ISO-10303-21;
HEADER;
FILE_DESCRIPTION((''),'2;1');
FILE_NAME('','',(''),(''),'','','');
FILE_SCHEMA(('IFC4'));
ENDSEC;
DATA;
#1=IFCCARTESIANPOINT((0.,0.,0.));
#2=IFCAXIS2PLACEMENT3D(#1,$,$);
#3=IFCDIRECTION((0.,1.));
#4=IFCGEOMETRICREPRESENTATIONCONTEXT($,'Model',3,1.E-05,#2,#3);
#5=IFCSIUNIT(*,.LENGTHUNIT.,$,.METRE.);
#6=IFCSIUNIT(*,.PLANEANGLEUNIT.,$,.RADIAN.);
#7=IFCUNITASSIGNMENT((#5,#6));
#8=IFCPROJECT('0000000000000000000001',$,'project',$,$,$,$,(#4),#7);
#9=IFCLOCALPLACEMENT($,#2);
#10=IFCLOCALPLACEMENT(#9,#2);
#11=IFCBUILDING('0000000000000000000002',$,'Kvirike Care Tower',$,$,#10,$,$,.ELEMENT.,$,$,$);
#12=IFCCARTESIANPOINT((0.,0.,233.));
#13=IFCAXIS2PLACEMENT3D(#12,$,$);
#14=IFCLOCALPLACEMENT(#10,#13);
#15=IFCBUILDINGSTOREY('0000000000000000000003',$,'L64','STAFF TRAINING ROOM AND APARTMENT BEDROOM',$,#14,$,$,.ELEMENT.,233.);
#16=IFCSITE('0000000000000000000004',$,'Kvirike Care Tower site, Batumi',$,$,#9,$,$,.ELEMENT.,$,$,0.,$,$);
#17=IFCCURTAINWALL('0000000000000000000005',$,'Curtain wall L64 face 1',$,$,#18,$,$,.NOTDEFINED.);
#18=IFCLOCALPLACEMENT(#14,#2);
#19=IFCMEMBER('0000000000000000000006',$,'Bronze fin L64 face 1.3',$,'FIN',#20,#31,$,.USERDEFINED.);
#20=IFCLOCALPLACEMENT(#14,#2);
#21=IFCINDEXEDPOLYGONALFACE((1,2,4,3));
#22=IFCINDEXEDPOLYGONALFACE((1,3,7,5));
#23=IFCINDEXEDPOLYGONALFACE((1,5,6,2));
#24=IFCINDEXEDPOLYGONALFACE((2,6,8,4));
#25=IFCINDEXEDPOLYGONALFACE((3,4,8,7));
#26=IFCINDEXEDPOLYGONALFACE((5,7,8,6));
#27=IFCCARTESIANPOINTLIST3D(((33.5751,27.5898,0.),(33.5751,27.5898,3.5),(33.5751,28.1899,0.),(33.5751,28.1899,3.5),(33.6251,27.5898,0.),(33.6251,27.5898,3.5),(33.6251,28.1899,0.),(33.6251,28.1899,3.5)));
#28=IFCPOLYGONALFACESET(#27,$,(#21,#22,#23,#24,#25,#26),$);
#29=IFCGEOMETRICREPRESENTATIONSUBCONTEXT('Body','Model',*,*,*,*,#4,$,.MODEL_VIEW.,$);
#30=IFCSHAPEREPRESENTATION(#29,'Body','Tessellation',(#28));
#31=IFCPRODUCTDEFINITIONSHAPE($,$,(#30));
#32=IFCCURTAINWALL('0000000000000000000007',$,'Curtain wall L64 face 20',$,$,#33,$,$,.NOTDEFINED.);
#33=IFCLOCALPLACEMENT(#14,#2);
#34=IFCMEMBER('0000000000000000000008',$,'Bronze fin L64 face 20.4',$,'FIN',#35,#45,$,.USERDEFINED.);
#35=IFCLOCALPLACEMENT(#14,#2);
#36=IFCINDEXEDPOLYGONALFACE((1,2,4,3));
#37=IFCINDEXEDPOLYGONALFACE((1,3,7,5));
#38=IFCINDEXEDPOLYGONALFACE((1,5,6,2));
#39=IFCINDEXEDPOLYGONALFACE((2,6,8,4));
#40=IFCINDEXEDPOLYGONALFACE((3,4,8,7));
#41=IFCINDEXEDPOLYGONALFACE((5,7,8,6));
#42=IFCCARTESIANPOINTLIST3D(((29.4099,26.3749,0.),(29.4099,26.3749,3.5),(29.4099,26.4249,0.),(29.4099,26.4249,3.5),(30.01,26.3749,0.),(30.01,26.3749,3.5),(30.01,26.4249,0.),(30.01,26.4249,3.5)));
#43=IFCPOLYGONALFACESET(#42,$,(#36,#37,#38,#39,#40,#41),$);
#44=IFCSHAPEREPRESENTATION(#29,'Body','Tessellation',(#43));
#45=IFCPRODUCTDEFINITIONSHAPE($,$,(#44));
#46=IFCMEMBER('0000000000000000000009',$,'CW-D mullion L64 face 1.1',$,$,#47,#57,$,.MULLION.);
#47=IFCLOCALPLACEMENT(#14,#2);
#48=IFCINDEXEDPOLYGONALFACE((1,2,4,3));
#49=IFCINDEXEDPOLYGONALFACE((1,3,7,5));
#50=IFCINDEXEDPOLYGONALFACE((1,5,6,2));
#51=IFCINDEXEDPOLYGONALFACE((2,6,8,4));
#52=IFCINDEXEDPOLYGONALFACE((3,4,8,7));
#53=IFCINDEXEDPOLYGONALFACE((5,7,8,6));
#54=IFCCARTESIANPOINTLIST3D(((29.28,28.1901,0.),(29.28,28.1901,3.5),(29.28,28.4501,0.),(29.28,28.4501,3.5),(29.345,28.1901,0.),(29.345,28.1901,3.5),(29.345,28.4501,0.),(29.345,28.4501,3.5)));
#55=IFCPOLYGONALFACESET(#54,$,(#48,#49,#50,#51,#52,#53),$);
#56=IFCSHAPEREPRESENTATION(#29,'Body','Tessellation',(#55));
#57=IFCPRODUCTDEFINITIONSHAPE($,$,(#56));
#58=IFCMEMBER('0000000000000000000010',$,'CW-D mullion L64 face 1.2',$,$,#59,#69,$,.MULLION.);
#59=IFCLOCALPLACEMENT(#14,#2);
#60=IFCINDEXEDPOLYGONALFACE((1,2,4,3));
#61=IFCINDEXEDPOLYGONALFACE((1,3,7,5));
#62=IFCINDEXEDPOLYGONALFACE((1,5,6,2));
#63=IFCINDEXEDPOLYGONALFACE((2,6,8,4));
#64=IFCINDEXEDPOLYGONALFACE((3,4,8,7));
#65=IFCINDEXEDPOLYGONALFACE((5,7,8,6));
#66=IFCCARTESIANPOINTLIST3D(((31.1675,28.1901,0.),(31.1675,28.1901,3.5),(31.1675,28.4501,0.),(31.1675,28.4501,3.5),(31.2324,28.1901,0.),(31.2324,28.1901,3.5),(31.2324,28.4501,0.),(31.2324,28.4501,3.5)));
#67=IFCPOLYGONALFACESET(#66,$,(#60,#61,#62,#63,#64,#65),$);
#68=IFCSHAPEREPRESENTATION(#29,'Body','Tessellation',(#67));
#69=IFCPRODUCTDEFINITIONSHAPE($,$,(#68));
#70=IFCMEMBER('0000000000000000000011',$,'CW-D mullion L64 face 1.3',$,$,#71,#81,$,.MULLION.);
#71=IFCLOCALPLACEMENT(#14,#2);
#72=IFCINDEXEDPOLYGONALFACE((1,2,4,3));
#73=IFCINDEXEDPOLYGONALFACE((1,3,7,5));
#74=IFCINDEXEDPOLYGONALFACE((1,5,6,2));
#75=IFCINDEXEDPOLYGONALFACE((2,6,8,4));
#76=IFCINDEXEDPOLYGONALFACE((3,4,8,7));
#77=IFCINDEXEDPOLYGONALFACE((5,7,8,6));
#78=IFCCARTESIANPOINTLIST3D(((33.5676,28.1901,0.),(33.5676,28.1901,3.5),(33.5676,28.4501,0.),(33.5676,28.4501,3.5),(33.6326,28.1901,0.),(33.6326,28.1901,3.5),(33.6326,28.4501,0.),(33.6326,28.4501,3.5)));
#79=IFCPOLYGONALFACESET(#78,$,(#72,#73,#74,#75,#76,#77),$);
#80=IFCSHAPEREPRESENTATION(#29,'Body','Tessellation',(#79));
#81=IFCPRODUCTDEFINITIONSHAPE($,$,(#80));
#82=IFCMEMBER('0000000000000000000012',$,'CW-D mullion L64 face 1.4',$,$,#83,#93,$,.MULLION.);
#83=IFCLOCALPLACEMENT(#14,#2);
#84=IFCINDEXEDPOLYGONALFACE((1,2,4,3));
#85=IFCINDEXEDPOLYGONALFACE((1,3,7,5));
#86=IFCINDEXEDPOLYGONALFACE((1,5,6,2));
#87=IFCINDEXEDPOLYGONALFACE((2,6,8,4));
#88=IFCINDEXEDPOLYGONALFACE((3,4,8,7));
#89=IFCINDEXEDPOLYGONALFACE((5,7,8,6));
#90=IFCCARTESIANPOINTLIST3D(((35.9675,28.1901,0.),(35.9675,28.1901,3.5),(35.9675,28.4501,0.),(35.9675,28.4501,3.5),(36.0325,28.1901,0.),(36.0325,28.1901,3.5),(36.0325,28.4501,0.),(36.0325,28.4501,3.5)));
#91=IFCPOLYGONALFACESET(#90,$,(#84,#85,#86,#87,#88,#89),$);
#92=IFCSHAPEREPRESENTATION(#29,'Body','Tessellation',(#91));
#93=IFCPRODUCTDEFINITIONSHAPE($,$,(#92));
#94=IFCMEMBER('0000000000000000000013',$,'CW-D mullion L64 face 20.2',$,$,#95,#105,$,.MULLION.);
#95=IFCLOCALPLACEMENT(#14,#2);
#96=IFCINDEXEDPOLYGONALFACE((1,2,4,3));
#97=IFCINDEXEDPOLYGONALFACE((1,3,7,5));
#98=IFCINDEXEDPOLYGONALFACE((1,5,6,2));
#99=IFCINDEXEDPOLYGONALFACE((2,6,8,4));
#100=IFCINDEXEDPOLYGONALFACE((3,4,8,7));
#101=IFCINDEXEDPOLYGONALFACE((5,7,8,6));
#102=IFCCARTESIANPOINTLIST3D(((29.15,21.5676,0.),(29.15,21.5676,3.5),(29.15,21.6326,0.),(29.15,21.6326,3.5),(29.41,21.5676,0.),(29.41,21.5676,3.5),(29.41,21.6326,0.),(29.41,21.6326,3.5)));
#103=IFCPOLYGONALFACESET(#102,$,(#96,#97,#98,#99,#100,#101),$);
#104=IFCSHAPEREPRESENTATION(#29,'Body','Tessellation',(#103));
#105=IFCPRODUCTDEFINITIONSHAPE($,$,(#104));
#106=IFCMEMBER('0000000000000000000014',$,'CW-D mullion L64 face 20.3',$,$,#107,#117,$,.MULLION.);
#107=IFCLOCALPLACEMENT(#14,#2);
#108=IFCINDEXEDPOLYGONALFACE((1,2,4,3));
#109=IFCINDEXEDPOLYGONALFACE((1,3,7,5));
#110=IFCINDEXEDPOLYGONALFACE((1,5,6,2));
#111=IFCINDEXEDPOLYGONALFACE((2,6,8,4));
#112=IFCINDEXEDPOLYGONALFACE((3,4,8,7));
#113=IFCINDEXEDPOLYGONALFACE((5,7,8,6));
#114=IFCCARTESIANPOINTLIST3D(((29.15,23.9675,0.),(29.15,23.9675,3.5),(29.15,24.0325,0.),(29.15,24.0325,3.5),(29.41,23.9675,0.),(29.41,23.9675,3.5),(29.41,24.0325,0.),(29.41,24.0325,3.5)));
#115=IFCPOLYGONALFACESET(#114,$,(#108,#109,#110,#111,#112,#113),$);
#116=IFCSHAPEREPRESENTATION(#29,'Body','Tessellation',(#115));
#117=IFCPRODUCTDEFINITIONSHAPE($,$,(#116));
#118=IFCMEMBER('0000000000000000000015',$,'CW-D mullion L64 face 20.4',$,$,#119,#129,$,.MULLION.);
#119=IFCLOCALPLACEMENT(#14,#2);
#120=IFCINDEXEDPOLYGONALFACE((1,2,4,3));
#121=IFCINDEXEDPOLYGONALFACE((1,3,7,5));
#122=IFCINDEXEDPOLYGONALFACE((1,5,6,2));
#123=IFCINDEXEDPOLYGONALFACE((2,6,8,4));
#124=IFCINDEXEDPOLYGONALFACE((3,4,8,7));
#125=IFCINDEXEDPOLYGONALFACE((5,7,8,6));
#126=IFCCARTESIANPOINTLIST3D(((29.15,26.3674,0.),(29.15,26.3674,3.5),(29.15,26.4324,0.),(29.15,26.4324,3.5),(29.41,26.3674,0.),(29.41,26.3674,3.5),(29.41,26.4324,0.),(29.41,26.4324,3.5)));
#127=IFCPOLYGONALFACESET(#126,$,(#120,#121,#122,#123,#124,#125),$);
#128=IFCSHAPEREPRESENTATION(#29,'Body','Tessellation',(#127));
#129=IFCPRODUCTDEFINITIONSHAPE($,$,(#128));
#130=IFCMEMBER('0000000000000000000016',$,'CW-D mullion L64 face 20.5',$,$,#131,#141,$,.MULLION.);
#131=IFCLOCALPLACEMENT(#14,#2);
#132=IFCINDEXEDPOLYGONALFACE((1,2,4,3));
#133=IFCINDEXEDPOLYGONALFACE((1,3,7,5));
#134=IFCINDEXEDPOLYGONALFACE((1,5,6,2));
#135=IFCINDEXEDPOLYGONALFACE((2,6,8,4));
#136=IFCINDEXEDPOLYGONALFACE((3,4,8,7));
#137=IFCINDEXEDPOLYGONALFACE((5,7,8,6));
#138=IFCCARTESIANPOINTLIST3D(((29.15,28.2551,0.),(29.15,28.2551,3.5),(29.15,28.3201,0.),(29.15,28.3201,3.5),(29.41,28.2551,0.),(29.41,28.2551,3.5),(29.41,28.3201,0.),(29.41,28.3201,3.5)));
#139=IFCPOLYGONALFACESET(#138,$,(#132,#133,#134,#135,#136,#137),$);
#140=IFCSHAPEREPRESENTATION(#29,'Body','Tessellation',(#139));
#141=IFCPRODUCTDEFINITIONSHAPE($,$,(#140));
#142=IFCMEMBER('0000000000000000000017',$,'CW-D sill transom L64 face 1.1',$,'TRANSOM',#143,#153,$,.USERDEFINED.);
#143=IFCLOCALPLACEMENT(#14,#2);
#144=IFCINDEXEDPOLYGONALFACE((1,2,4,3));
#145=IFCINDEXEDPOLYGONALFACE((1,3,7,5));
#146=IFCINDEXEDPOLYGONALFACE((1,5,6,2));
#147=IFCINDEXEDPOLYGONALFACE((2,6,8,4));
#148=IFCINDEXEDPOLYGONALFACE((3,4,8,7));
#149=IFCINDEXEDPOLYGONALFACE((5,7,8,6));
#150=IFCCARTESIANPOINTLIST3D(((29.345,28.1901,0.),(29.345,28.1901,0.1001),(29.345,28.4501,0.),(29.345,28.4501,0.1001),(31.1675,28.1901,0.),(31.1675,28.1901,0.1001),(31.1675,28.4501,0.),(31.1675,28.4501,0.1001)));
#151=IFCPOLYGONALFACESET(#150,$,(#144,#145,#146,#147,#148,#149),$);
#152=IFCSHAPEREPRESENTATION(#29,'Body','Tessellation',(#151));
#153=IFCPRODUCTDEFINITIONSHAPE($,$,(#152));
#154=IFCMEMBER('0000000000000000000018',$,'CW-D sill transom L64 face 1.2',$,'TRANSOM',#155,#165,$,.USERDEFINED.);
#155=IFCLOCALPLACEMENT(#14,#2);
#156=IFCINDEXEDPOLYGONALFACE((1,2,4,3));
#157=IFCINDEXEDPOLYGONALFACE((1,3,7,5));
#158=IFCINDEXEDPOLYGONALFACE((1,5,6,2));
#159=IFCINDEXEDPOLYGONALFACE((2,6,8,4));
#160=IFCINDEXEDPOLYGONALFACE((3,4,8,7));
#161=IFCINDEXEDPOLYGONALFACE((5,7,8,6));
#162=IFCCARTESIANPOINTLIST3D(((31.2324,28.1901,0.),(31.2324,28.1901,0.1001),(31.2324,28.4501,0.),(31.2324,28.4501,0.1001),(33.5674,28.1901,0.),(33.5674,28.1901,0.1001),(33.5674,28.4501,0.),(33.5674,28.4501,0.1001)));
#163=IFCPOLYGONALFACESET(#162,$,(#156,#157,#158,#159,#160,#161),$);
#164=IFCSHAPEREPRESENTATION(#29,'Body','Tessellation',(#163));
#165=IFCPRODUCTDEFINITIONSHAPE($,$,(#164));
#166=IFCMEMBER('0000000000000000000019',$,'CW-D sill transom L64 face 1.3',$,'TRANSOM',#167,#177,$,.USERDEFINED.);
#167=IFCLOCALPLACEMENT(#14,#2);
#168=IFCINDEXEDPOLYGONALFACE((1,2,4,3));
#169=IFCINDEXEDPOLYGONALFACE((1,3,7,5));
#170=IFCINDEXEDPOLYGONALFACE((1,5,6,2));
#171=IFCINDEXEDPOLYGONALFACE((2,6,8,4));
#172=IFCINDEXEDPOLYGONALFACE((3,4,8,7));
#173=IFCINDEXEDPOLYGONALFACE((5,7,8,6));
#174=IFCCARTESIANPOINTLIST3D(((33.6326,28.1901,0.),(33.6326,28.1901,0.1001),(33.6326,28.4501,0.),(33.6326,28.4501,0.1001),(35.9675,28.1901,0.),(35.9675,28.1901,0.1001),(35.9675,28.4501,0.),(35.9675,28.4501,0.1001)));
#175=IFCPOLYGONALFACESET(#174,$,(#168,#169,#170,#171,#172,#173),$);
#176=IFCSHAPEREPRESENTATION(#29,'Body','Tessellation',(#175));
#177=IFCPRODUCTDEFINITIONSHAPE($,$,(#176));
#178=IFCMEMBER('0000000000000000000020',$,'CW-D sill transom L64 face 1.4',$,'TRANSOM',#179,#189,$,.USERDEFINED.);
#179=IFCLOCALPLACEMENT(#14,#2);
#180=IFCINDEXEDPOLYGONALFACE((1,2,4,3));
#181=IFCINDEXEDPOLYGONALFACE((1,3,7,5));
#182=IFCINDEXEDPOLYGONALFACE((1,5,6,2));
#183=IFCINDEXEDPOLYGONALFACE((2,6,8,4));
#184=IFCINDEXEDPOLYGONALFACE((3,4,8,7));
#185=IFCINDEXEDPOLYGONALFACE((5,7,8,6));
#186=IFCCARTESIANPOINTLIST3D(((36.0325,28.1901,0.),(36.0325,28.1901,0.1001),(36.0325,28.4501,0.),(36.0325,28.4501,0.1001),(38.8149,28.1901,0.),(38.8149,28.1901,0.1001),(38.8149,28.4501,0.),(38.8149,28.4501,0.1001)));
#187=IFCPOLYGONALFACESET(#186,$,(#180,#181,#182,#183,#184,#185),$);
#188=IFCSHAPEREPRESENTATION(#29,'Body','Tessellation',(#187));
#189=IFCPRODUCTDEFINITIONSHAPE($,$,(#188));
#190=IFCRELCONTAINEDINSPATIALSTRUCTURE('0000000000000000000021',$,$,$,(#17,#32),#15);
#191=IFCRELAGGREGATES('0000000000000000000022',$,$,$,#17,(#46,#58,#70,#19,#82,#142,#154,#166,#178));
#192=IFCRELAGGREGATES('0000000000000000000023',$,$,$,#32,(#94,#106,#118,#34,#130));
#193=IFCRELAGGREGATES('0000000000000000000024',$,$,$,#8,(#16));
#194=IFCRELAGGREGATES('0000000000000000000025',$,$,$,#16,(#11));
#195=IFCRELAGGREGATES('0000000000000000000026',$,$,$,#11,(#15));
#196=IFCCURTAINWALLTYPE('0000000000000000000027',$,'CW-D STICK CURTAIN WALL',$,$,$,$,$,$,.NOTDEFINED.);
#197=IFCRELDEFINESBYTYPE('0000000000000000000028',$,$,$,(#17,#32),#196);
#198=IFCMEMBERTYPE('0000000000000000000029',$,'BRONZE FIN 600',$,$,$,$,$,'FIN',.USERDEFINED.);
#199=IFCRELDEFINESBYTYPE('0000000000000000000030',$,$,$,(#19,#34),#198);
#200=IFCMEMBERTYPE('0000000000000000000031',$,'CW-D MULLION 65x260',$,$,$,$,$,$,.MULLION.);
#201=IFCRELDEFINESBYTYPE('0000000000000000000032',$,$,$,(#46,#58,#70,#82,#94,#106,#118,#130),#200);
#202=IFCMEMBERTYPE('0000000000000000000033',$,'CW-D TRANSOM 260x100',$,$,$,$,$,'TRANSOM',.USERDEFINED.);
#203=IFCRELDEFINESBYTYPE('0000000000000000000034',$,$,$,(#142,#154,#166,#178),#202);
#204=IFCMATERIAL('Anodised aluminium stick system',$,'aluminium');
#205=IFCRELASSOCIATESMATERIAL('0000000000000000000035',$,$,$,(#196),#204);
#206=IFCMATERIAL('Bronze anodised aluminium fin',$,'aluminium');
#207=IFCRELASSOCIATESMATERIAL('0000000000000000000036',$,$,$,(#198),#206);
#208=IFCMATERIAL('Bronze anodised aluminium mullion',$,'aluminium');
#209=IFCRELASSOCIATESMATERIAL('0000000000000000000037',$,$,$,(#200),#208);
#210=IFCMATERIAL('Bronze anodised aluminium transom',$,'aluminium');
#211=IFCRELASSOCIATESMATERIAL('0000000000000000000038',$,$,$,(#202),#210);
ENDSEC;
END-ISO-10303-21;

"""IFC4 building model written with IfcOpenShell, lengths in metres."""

from ifc_helpers import new_model, si_unit, direction, frame, origin, origin_2d, place, context, subcontext, project, spatial, rectangle, extrude, material, material_profile, profile_set, type_object, element, aggregate, save


model = new_model("IFC4")

# Units and contexts
model_context = context("Model", 3, precision=1e-05, world=origin(), true_north=direction((0.0, 1.0)))
body_context = subcontext(model_context, "Body", "Model", "MODEL_VIEW")
ifc_project = project(units=[si_unit("LENGTHUNIT", "METRE"), si_unit("PLANEANGLEUNIT", "RADIAN")], contexts=[model_context])

# Site, building, storey
site_placement = place(None, origin())
site = spatial("IfcSite", under=ifc_project, at=site_placement, Name="Kvirike Care Tower site, Batumi", CompositionType="ELEMENT", RefElevation=0.0)
building_placement = place(site_placement, origin())
building = spatial("IfcBuilding", under=site, at=building_placement, Name="Kvirike Care Tower", CompositionType="ELEMENT")
storey_placement = place(building_placement, frame((0.0, 0.0, 233.0)))
storey = spatial("IfcBuildingStorey", under=building, at=storey_placement, Name="L64", Description="STAFF TRAINING ROOM AND APARTMENT BEDROOM", CompositionType="ELEMENT", Elevation=233.0)

# Curtain walls, members
ifc_material_1 = material(Name="Anodised aluminium stick system", Category="aluminium")
curtain_wall_type = type_object("IfcCurtainWallType", Name="CW-D STICK CURTAIN WALL", PredefinedType="NOTDEFINED", material=ifc_material_1)
curtain_wall_1_placement = place(storey_placement, origin())
curtain_wall_1 = element("IfcCurtainWall", 1, at=curtain_wall_1_placement, inside=storey, type_object=curtain_wall_type, Name="Curtain wall L64 face 1", PredefinedType="NOTDEFINED")
ifc_material_2 = material(Name="Bronze anodised aluminium fin", Category="aluminium")
ifc_material_profile_1 = material_profile(ifc_material_2, rectangle(XDim=0.05, YDim=0.6001, at=origin_2d()), Name="BRONZE FIN 600")
ifc_profile_set_1 = profile_set([ifc_material_profile_1], Name="Bronze anodised aluminium fin")
member_type_1 = type_object("IfcMemberType", Name="BRONZE FIN 600", ElementType="FIN", PredefinedType="USERDEFINED", material=ifc_profile_set_1)
member_1_placement = place(storey_placement, frame((33.6001, 27.8899, 0.0), z_axis=(0.0, 0.0, 1.0), x_axis=(1.0, 0.0, 0.0)))
member_1 = element("IfcMember", 2, at=member_1_placement, type_object=member_type_1, Name="Bronze fin L64 face 1.3", ObjectType="FIN", PredefinedType="USERDEFINED", context=body_context, shape_type="SweptSolid", body=[
    extrude(rectangle(XDim=0.05, YDim=0.6001, at=origin_2d()), origin(), (0.0, 0.0, 1.0), 3.5),
])
curtain_wall_2_placement = place(storey_placement, origin())
curtain_wall_2 = element("IfcCurtainWall", 3, at=curtain_wall_2_placement, inside=storey, type_object=curtain_wall_type, Name="Curtain wall L64 face 20", PredefinedType="NOTDEFINED")
member_2_placement = place(storey_placement, frame((29.71, 26.3999, 0.0), z_axis=(0.0, 0.0, 1.0), x_axis=(0.0, 1.0, 0.0)))
member_2 = element("IfcMember", 4, at=member_2_placement, type_object=member_type_1, Name="Bronze fin L64 face 20.4", ObjectType="FIN", PredefinedType="USERDEFINED", context=body_context, shape_type="SweptSolid", body=[
    extrude(rectangle(XDim=0.05, YDim=0.6001, at=origin_2d()), origin(), (0.0, 0.0, 1.0), 3.5),
])

# Members
ifc_material_3 = material(Name="Bronze anodised aluminium mullion", Category="aluminium")
ifc_material_profile_2 = material_profile(ifc_material_3, rectangle(XDim=0.0649, YDim=0.26, at=origin_2d()), Name="CW-D MULLION 65x260")
ifc_profile_set_2 = profile_set([ifc_material_profile_2], Name="Bronze anodised aluminium mullion")
member_type_2 = type_object("IfcMemberType", Name="CW-D MULLION 65x260", PredefinedType="MULLION", material=ifc_profile_set_2)
member_3_placement = place(storey_placement, frame((29.3125, 28.3201, 0.0), z_axis=(0.0, 0.0, 1.0), x_axis=(1.0, 0.0, 0.0)))
member_3 = element("IfcMember", 5, at=member_3_placement, type_object=member_type_2, Name="CW-D mullion L64 face 1.1", PredefinedType="MULLION", context=body_context, shape_type="SweptSolid", body=[
    extrude(rectangle(XDim=0.0649, YDim=0.26, at=origin_2d()), origin(), (0.0, 0.0, 1.0), 3.5),
])
member_4_placement = place(storey_placement, frame((31.2, 28.3201, 0.0), z_axis=(0.0, 0.0, 1.0), x_axis=(1.0, 0.0, 0.0)))
member_4 = element("IfcMember", 6, at=member_4_placement, type_object=member_type_2, Name="CW-D mullion L64 face 1.2", PredefinedType="MULLION", context=body_context, shape_type="SweptSolid", body=[
    extrude(rectangle(XDim=0.0649, YDim=0.26, at=origin_2d()), origin(), (0.0, 0.0, 1.0), 3.5),
])
member_5_placement = place(storey_placement, frame((33.6001, 28.3201, 0.0), z_axis=(0.0, 0.0, 1.0), x_axis=(1.0, 0.0, 0.0)))
member_5 = element("IfcMember", 7, at=member_5_placement, type_object=member_type_2, Name="CW-D mullion L64 face 1.3", PredefinedType="MULLION", context=body_context, shape_type="SweptSolid", body=[
    extrude(rectangle(XDim=0.0649, YDim=0.26, at=origin_2d()), origin(), (0.0, 0.0, 1.0), 3.5),
])
member_6_placement = place(storey_placement, frame((36.0, 28.3201, 0.0), z_axis=(0.0, 0.0, 1.0), x_axis=(1.0, 0.0, 0.0)))
member_6 = element("IfcMember", 8, at=member_6_placement, type_object=member_type_2, Name="CW-D mullion L64 face 1.4", PredefinedType="MULLION", context=body_context, shape_type="SweptSolid", body=[
    extrude(rectangle(XDim=0.0649, YDim=0.26, at=origin_2d()), origin(), (0.0, 0.0, 1.0), 3.5),
])
member_7_placement = place(storey_placement, frame((29.28, 21.6001, 0.0), z_axis=(0.0, 0.0, 1.0), x_axis=(0.0, 1.0, 0.0)))
member_7 = element("IfcMember", 9, at=member_7_placement, type_object=member_type_2, Name="CW-D mullion L64 face 20.2", PredefinedType="MULLION", context=body_context, shape_type="SweptSolid", body=[
    extrude(rectangle(XDim=0.0649, YDim=0.26, at=origin_2d()), origin(), (0.0, 0.0, 1.0), 3.5),
])
member_8_placement = place(storey_placement, frame((29.28, 24.0, 0.0), z_axis=(0.0, 0.0, 1.0), x_axis=(0.0, 1.0, 0.0)))
member_8 = element("IfcMember", 10, at=member_8_placement, type_object=member_type_2, Name="CW-D mullion L64 face 20.3", PredefinedType="MULLION", context=body_context, shape_type="SweptSolid", body=[
    extrude(rectangle(XDim=0.0649, YDim=0.26, at=origin_2d()), origin(), (0.0, 0.0, 1.0), 3.5),
])
member_9_placement = place(storey_placement, frame((29.28, 26.3999, 0.0), z_axis=(0.0, 0.0, 1.0), x_axis=(0.0, 1.0, 0.0)))
member_9 = element("IfcMember", 11, at=member_9_placement, type_object=member_type_2, Name="CW-D mullion L64 face 20.4", PredefinedType="MULLION", context=body_context, shape_type="SweptSolid", body=[
    extrude(rectangle(XDim=0.0649, YDim=0.26, at=origin_2d()), origin(), (0.0, 0.0, 1.0), 3.5),
])
member_10_placement = place(storey_placement, frame((29.28, 28.2876, 0.0), z_axis=(0.0, 0.0, 1.0), x_axis=(0.0, 1.0, 0.0)))
member_10 = element("IfcMember", 12, at=member_10_placement, type_object=member_type_2, Name="CW-D mullion L64 face 20.5", PredefinedType="MULLION", context=body_context, shape_type="SweptSolid", body=[
    extrude(rectangle(XDim=0.0649, YDim=0.26, at=origin_2d()), origin(), (0.0, 0.0, 1.0), 3.5),
])
ifc_material_4 = material(Name="Bronze anodised aluminium transom", Category="aluminium")
ifc_material_profile_3 = material_profile(ifc_material_4, rectangle(XDim=0.26, YDim=0.1001, at=origin_2d()), Name="CW-D TRANSOM 260x100")
ifc_profile_set_3 = profile_set([ifc_material_profile_3], Name="Bronze anodised aluminium transom")
member_type_3 = type_object("IfcMemberType", Name="CW-D TRANSOM 260x100", ElementType="TRANSOM", PredefinedType="USERDEFINED", material=ifc_profile_set_3)
member_11_placement = place(storey_placement, frame((29.345, 28.3201, 0.05), z_axis=(1.0, 0.0, 0.0), x_axis=(0.0, 1.0, 0.0)))
member_11 = element("IfcMember", 13, at=member_11_placement, type_object=member_type_3, Name="CW-D sill transom L64 face 1.1", ObjectType="TRANSOM", PredefinedType="USERDEFINED", context=body_context, shape_type="SweptSolid", body=[
    extrude(rectangle(XDim=0.26, YDim=0.1001, at=origin_2d()), origin(), (0.0, 0.0, 1.0), 1.8225),
])
member_12_placement = place(storey_placement, frame((31.2324, 28.3201, 0.05), z_axis=(1.0, 0.0, 0.0), x_axis=(0.0, 1.0, 0.0)))
member_12 = element("IfcMember", 14, at=member_12_placement, type_object=member_type_3, Name="CW-D sill transom L64 face 1.2", ObjectType="TRANSOM", PredefinedType="USERDEFINED", context=body_context, shape_type="SweptSolid", body=[
    extrude(rectangle(XDim=0.26, YDim=0.1001, at=origin_2d()), origin(), (0.0, 0.0, 1.0), 2.335),
])
member_13_placement = place(storey_placement, frame((33.6326, 28.3201, 0.05), z_axis=(1.0, 0.0, 0.0), x_axis=(0.0, 1.0, 0.0)))
member_13 = element("IfcMember", 15, at=member_13_placement, type_object=member_type_3, Name="CW-D sill transom L64 face 1.3", ObjectType="TRANSOM", PredefinedType="USERDEFINED", context=body_context, shape_type="SweptSolid", body=[
    extrude(rectangle(XDim=0.26, YDim=0.1001, at=origin_2d()), origin(), (0.0, 0.0, 1.0), 2.335),
])
member_14_placement = place(storey_placement, frame((36.0325, 28.3201, 0.05), z_axis=(1.0, 0.0, 0.0), x_axis=(0.0, 1.0, 0.0)))
member_14 = element("IfcMember", 16, at=member_14_placement, type_object=member_type_3, Name="CW-D sill transom L64 face 1.4", ObjectType="TRANSOM", PredefinedType="USERDEFINED", context=body_context, shape_type="SweptSolid", body=[
    extrude(rectangle(XDim=0.26, YDim=0.1001, at=origin_2d()), origin(), (0.0, 0.0, 1.0), 2.7825),
])

aggregate(curtain_wall_1, [member_3, member_4, member_5, member_1, member_6, member_11, member_12, member_13, member_14])
aggregate(curtain_wall_2, [member_7, member_8, member_9, member_2, member_10])

save(model, "model.ifc")
